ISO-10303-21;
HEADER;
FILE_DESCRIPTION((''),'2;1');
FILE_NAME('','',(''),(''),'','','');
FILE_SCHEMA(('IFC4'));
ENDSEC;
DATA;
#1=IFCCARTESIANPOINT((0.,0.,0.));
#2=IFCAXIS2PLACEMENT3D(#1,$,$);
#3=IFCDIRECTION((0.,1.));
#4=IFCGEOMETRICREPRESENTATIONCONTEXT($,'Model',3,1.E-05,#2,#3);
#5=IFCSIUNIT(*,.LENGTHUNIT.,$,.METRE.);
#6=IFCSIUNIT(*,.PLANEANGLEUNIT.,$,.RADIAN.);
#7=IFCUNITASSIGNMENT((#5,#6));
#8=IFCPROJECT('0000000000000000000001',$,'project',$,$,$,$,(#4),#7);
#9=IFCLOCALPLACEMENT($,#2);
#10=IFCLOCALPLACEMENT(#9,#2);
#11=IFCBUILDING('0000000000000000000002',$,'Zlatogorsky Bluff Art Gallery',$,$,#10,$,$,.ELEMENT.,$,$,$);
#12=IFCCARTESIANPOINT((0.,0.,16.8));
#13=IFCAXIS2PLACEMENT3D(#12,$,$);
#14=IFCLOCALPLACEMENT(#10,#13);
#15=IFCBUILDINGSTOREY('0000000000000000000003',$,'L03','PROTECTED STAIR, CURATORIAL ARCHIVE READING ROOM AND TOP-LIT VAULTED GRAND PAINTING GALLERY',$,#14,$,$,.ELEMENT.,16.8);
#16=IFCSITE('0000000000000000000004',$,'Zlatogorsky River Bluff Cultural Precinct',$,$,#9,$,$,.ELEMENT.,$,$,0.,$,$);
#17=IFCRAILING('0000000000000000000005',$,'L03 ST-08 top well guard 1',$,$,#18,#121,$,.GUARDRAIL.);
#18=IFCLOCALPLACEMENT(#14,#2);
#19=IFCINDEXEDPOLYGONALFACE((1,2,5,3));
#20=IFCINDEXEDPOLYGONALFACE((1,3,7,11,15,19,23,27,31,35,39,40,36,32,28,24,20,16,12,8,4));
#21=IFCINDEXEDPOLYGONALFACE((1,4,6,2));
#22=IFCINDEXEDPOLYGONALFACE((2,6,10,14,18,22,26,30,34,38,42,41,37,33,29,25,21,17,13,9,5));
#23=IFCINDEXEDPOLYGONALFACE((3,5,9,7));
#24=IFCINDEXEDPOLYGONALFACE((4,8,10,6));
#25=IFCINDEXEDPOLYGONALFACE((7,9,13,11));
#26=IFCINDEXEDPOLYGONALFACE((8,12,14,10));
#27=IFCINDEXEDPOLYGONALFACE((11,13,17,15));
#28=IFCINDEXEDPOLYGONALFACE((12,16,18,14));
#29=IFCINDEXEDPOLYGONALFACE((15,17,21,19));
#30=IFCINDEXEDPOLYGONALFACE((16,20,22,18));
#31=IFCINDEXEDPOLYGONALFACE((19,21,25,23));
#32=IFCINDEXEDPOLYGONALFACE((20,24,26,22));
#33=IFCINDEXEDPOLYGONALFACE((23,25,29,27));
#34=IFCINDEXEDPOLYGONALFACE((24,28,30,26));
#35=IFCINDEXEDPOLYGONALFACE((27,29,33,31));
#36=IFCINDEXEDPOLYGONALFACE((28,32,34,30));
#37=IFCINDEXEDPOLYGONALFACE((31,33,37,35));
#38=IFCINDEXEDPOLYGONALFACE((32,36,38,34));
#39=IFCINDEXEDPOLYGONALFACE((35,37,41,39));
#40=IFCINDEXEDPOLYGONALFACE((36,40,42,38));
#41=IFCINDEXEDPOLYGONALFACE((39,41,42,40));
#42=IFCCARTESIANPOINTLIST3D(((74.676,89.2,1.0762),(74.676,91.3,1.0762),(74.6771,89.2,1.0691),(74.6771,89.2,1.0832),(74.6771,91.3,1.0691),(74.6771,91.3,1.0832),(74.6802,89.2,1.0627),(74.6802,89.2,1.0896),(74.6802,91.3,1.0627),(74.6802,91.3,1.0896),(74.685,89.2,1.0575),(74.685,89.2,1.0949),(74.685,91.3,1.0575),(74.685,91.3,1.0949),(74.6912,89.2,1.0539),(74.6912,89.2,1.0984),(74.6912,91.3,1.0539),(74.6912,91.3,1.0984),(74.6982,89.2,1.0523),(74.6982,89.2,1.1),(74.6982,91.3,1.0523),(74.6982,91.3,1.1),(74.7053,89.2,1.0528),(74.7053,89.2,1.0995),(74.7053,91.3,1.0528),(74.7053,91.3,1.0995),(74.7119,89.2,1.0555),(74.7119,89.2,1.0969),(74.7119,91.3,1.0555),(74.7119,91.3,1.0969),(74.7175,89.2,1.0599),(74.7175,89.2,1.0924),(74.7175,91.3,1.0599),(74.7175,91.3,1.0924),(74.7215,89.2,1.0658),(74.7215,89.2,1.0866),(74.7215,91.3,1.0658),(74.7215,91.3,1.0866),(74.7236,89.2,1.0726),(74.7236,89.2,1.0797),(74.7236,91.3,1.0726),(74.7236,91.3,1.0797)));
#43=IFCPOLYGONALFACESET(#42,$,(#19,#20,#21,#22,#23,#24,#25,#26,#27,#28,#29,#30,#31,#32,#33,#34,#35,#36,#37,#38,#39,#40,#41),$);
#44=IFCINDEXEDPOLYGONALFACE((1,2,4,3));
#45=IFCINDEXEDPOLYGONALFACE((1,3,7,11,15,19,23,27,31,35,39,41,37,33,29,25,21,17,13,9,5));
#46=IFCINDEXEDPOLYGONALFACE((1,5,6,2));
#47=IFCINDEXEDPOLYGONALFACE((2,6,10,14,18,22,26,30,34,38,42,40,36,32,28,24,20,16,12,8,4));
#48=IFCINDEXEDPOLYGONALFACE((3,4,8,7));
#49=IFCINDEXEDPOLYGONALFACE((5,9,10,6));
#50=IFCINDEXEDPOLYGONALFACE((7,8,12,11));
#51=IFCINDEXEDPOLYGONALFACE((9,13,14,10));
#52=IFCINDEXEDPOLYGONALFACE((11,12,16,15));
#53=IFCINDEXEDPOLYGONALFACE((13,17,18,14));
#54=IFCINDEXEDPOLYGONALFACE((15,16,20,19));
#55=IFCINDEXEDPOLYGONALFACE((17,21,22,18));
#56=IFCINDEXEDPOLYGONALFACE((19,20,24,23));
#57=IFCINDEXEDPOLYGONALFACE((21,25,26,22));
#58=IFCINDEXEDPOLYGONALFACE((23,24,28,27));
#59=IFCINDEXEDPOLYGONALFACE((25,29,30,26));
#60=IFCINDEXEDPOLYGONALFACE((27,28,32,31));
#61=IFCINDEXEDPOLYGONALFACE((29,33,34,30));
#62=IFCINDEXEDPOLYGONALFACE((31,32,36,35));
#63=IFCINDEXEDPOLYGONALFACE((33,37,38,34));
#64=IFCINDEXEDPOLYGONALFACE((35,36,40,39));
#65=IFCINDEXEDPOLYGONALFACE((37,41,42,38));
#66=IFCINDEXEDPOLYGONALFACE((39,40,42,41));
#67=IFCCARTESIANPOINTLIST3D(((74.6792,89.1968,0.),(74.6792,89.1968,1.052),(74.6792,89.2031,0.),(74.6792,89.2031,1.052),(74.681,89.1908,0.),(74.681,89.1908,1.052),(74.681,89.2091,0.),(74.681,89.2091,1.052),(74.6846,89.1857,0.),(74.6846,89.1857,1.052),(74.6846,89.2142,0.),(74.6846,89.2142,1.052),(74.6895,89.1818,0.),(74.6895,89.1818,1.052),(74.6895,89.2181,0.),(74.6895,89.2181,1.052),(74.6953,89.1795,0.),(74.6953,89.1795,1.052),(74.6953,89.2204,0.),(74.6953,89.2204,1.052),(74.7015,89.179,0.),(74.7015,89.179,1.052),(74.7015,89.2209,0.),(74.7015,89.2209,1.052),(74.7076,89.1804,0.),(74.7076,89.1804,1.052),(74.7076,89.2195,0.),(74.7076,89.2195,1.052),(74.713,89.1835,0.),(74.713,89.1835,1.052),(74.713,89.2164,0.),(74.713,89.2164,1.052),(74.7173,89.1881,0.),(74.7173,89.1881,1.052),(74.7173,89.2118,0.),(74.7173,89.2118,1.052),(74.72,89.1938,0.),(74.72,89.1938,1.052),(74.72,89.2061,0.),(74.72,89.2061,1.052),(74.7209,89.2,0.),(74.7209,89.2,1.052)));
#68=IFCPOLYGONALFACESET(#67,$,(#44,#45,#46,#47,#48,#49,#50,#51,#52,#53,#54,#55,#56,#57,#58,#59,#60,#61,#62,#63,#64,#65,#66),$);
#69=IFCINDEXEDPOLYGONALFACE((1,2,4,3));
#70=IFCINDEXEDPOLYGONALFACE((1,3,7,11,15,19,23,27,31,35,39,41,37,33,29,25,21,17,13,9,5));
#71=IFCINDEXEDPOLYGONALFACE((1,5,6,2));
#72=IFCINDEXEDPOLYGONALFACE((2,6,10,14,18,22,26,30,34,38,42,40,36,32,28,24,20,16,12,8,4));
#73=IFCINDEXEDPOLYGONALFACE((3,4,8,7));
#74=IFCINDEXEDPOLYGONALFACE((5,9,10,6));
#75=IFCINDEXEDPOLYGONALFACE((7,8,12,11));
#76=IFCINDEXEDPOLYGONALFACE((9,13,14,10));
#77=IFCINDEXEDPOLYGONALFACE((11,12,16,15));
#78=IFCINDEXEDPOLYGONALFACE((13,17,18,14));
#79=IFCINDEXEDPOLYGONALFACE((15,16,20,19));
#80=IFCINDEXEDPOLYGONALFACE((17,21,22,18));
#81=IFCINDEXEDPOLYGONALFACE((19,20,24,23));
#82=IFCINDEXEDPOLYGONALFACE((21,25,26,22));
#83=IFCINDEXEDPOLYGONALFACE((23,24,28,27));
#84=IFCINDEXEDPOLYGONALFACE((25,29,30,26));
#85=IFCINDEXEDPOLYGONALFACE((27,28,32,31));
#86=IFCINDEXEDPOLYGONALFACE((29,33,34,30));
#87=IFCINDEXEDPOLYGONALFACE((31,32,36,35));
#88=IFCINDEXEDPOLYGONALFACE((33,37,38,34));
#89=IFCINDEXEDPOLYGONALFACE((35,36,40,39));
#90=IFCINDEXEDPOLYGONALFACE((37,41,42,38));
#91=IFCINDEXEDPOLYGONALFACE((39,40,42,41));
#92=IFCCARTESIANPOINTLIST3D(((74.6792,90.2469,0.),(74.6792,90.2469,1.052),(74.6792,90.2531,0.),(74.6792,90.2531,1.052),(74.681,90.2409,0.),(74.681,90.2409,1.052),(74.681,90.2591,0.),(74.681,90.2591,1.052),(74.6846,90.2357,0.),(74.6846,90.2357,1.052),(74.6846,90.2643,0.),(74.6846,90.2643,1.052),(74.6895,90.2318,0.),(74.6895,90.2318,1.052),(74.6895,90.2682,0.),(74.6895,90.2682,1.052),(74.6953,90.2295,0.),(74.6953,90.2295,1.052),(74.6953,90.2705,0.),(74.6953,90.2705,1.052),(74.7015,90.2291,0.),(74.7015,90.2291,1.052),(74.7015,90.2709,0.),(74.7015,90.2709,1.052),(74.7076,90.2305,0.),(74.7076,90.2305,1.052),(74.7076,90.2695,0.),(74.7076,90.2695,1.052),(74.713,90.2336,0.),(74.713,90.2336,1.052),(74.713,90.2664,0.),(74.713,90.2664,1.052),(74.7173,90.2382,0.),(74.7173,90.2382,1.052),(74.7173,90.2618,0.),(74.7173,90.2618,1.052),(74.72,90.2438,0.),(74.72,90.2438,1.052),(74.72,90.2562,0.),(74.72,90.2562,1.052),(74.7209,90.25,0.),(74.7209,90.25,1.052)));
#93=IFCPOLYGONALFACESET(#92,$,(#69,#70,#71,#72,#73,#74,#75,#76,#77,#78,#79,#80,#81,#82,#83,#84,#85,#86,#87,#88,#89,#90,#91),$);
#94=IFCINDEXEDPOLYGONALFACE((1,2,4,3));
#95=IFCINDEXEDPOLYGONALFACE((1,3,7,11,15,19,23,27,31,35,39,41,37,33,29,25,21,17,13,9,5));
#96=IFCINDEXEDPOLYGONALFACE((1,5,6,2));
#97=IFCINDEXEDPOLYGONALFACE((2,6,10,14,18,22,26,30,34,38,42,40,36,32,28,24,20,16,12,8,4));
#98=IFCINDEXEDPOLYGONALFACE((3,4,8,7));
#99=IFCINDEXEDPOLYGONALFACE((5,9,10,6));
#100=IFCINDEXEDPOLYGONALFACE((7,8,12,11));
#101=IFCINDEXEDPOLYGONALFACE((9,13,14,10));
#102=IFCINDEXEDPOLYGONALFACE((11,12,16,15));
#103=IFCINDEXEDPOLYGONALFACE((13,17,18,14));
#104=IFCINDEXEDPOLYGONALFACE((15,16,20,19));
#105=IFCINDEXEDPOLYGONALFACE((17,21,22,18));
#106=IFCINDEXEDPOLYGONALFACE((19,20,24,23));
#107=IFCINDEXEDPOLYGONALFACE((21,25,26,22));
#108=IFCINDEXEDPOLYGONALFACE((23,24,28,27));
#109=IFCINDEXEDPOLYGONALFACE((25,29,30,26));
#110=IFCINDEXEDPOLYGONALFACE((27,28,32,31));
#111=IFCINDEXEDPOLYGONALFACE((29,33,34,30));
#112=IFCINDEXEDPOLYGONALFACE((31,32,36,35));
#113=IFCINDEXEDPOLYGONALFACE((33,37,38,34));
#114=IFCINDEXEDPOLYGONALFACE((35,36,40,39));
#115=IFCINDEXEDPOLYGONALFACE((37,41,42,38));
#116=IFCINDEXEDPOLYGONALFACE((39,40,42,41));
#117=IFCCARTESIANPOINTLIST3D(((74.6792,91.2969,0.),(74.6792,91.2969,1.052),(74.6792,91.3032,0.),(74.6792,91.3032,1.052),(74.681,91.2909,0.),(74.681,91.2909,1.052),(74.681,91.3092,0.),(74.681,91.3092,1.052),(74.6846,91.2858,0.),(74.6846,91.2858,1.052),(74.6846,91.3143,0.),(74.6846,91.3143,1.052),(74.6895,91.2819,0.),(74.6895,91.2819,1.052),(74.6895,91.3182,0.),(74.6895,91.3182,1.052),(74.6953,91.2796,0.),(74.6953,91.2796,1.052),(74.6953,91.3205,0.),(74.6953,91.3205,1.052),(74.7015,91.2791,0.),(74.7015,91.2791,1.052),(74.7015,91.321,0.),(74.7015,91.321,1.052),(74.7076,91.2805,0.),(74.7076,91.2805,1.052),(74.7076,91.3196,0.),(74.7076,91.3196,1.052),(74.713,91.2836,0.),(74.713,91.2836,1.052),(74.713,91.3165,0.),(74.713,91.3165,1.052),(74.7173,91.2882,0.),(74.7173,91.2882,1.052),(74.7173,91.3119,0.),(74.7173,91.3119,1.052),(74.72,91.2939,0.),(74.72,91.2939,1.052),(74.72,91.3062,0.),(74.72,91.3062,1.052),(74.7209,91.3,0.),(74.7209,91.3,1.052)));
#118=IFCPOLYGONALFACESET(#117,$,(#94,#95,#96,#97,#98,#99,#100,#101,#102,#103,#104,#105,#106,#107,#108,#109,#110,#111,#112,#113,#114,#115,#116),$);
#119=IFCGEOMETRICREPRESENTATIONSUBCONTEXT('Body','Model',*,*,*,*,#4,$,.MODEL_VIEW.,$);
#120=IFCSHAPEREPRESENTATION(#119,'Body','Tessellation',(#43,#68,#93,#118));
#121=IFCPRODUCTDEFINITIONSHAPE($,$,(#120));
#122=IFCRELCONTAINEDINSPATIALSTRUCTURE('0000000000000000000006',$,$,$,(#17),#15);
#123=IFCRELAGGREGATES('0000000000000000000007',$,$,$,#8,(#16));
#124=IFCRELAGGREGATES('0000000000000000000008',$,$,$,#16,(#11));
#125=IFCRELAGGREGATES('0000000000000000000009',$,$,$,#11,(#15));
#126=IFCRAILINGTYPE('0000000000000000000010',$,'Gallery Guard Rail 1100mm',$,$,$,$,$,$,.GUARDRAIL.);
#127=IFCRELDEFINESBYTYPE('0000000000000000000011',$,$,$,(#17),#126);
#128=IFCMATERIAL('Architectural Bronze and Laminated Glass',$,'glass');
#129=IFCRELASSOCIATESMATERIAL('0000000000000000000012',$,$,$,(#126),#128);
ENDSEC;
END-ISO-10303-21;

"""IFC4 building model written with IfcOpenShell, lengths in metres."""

from ifc_helpers import new_model, si_unit, direction, frame, origin, origin_2d, place, context, subcontext, project, spatial, circle, extrude, material, type_object, element, save


model = new_model("IFC4")

# Units and contexts
model_context = context("Model", 3, precision=1e-05, world=origin(), true_north=direction((0.0, 1.0)))
body_context = subcontext(model_context, "Body", "Model", "MODEL_VIEW")
ifc_project = project(units=[si_unit("LENGTHUNIT", "METRE"), si_unit("PLANEANGLEUNIT", "RADIAN")], contexts=[model_context])

# Site, building, storey
site_placement = place(None, origin())
site = spatial("IfcSite", under=ifc_project, at=site_placement, Name="Zlatogorsky River Bluff Cultural Precinct", CompositionType="ELEMENT", RefElevation=0.0)
building_placement = place(site_placement, origin())
building = spatial("IfcBuilding", under=site, at=building_placement, Name="Zlatogorsky Bluff Art Gallery", CompositionType="ELEMENT")
storey_placement = place(building_placement, frame((0.0, 0.0, 16.8)))
storey = spatial("IfcBuildingStorey", under=building, at=storey_placement, Name="L03", Description="PROTECTED STAIR, CURATORIAL ARCHIVE READING ROOM AND TOP-LIT VAULTED GRAND PAINTING GALLERY", CompositionType="ELEMENT", Elevation=16.8)

# Railing
ifc_material_1 = material(Name="Architectural Bronze and Laminated Glass", Category="glass")
railing_type = type_object("IfcRailingType", Name="Gallery Guard Rail 1100mm", PredefinedType="GUARDRAIL", material=ifc_material_1)
railing_placement = place(storey_placement, frame((74.7, 89.2, 0.0)))
element("IfcRailing", 1, at=railing_placement, inside=storey, type_object=railing_type, Name="L03 ST-08 top well guard 1", PredefinedType="GUARDRAIL", context=body_context, shape_type="SweptSolid", body=[
    extrude(circle(Radius=0.0239, at=origin_2d()), frame((0.0, 0.0, 1.0762), z_axis=(0.0, 1.0, 0.0), x_axis=(-1.0, 0.0, 0.0)), (0.0, 0.0, 1.0), 2.1001),
    extrude(circle(Radius=0.021, at=origin_2d()), origin(), (0.0, 0.0, 1.0), 1.052),
    extrude(circle(Radius=0.021, at=origin_2d()), frame((0.0, 1.05, 0.0)), (0.0, 0.0, 1.0), 1.052),
    extrude(circle(Radius=0.021, at=origin_2d()), frame((0.0, 2.1001, 0.0)), (0.0, 0.0, 1.0), 1.052),
])

save(model, "model.ifc")
